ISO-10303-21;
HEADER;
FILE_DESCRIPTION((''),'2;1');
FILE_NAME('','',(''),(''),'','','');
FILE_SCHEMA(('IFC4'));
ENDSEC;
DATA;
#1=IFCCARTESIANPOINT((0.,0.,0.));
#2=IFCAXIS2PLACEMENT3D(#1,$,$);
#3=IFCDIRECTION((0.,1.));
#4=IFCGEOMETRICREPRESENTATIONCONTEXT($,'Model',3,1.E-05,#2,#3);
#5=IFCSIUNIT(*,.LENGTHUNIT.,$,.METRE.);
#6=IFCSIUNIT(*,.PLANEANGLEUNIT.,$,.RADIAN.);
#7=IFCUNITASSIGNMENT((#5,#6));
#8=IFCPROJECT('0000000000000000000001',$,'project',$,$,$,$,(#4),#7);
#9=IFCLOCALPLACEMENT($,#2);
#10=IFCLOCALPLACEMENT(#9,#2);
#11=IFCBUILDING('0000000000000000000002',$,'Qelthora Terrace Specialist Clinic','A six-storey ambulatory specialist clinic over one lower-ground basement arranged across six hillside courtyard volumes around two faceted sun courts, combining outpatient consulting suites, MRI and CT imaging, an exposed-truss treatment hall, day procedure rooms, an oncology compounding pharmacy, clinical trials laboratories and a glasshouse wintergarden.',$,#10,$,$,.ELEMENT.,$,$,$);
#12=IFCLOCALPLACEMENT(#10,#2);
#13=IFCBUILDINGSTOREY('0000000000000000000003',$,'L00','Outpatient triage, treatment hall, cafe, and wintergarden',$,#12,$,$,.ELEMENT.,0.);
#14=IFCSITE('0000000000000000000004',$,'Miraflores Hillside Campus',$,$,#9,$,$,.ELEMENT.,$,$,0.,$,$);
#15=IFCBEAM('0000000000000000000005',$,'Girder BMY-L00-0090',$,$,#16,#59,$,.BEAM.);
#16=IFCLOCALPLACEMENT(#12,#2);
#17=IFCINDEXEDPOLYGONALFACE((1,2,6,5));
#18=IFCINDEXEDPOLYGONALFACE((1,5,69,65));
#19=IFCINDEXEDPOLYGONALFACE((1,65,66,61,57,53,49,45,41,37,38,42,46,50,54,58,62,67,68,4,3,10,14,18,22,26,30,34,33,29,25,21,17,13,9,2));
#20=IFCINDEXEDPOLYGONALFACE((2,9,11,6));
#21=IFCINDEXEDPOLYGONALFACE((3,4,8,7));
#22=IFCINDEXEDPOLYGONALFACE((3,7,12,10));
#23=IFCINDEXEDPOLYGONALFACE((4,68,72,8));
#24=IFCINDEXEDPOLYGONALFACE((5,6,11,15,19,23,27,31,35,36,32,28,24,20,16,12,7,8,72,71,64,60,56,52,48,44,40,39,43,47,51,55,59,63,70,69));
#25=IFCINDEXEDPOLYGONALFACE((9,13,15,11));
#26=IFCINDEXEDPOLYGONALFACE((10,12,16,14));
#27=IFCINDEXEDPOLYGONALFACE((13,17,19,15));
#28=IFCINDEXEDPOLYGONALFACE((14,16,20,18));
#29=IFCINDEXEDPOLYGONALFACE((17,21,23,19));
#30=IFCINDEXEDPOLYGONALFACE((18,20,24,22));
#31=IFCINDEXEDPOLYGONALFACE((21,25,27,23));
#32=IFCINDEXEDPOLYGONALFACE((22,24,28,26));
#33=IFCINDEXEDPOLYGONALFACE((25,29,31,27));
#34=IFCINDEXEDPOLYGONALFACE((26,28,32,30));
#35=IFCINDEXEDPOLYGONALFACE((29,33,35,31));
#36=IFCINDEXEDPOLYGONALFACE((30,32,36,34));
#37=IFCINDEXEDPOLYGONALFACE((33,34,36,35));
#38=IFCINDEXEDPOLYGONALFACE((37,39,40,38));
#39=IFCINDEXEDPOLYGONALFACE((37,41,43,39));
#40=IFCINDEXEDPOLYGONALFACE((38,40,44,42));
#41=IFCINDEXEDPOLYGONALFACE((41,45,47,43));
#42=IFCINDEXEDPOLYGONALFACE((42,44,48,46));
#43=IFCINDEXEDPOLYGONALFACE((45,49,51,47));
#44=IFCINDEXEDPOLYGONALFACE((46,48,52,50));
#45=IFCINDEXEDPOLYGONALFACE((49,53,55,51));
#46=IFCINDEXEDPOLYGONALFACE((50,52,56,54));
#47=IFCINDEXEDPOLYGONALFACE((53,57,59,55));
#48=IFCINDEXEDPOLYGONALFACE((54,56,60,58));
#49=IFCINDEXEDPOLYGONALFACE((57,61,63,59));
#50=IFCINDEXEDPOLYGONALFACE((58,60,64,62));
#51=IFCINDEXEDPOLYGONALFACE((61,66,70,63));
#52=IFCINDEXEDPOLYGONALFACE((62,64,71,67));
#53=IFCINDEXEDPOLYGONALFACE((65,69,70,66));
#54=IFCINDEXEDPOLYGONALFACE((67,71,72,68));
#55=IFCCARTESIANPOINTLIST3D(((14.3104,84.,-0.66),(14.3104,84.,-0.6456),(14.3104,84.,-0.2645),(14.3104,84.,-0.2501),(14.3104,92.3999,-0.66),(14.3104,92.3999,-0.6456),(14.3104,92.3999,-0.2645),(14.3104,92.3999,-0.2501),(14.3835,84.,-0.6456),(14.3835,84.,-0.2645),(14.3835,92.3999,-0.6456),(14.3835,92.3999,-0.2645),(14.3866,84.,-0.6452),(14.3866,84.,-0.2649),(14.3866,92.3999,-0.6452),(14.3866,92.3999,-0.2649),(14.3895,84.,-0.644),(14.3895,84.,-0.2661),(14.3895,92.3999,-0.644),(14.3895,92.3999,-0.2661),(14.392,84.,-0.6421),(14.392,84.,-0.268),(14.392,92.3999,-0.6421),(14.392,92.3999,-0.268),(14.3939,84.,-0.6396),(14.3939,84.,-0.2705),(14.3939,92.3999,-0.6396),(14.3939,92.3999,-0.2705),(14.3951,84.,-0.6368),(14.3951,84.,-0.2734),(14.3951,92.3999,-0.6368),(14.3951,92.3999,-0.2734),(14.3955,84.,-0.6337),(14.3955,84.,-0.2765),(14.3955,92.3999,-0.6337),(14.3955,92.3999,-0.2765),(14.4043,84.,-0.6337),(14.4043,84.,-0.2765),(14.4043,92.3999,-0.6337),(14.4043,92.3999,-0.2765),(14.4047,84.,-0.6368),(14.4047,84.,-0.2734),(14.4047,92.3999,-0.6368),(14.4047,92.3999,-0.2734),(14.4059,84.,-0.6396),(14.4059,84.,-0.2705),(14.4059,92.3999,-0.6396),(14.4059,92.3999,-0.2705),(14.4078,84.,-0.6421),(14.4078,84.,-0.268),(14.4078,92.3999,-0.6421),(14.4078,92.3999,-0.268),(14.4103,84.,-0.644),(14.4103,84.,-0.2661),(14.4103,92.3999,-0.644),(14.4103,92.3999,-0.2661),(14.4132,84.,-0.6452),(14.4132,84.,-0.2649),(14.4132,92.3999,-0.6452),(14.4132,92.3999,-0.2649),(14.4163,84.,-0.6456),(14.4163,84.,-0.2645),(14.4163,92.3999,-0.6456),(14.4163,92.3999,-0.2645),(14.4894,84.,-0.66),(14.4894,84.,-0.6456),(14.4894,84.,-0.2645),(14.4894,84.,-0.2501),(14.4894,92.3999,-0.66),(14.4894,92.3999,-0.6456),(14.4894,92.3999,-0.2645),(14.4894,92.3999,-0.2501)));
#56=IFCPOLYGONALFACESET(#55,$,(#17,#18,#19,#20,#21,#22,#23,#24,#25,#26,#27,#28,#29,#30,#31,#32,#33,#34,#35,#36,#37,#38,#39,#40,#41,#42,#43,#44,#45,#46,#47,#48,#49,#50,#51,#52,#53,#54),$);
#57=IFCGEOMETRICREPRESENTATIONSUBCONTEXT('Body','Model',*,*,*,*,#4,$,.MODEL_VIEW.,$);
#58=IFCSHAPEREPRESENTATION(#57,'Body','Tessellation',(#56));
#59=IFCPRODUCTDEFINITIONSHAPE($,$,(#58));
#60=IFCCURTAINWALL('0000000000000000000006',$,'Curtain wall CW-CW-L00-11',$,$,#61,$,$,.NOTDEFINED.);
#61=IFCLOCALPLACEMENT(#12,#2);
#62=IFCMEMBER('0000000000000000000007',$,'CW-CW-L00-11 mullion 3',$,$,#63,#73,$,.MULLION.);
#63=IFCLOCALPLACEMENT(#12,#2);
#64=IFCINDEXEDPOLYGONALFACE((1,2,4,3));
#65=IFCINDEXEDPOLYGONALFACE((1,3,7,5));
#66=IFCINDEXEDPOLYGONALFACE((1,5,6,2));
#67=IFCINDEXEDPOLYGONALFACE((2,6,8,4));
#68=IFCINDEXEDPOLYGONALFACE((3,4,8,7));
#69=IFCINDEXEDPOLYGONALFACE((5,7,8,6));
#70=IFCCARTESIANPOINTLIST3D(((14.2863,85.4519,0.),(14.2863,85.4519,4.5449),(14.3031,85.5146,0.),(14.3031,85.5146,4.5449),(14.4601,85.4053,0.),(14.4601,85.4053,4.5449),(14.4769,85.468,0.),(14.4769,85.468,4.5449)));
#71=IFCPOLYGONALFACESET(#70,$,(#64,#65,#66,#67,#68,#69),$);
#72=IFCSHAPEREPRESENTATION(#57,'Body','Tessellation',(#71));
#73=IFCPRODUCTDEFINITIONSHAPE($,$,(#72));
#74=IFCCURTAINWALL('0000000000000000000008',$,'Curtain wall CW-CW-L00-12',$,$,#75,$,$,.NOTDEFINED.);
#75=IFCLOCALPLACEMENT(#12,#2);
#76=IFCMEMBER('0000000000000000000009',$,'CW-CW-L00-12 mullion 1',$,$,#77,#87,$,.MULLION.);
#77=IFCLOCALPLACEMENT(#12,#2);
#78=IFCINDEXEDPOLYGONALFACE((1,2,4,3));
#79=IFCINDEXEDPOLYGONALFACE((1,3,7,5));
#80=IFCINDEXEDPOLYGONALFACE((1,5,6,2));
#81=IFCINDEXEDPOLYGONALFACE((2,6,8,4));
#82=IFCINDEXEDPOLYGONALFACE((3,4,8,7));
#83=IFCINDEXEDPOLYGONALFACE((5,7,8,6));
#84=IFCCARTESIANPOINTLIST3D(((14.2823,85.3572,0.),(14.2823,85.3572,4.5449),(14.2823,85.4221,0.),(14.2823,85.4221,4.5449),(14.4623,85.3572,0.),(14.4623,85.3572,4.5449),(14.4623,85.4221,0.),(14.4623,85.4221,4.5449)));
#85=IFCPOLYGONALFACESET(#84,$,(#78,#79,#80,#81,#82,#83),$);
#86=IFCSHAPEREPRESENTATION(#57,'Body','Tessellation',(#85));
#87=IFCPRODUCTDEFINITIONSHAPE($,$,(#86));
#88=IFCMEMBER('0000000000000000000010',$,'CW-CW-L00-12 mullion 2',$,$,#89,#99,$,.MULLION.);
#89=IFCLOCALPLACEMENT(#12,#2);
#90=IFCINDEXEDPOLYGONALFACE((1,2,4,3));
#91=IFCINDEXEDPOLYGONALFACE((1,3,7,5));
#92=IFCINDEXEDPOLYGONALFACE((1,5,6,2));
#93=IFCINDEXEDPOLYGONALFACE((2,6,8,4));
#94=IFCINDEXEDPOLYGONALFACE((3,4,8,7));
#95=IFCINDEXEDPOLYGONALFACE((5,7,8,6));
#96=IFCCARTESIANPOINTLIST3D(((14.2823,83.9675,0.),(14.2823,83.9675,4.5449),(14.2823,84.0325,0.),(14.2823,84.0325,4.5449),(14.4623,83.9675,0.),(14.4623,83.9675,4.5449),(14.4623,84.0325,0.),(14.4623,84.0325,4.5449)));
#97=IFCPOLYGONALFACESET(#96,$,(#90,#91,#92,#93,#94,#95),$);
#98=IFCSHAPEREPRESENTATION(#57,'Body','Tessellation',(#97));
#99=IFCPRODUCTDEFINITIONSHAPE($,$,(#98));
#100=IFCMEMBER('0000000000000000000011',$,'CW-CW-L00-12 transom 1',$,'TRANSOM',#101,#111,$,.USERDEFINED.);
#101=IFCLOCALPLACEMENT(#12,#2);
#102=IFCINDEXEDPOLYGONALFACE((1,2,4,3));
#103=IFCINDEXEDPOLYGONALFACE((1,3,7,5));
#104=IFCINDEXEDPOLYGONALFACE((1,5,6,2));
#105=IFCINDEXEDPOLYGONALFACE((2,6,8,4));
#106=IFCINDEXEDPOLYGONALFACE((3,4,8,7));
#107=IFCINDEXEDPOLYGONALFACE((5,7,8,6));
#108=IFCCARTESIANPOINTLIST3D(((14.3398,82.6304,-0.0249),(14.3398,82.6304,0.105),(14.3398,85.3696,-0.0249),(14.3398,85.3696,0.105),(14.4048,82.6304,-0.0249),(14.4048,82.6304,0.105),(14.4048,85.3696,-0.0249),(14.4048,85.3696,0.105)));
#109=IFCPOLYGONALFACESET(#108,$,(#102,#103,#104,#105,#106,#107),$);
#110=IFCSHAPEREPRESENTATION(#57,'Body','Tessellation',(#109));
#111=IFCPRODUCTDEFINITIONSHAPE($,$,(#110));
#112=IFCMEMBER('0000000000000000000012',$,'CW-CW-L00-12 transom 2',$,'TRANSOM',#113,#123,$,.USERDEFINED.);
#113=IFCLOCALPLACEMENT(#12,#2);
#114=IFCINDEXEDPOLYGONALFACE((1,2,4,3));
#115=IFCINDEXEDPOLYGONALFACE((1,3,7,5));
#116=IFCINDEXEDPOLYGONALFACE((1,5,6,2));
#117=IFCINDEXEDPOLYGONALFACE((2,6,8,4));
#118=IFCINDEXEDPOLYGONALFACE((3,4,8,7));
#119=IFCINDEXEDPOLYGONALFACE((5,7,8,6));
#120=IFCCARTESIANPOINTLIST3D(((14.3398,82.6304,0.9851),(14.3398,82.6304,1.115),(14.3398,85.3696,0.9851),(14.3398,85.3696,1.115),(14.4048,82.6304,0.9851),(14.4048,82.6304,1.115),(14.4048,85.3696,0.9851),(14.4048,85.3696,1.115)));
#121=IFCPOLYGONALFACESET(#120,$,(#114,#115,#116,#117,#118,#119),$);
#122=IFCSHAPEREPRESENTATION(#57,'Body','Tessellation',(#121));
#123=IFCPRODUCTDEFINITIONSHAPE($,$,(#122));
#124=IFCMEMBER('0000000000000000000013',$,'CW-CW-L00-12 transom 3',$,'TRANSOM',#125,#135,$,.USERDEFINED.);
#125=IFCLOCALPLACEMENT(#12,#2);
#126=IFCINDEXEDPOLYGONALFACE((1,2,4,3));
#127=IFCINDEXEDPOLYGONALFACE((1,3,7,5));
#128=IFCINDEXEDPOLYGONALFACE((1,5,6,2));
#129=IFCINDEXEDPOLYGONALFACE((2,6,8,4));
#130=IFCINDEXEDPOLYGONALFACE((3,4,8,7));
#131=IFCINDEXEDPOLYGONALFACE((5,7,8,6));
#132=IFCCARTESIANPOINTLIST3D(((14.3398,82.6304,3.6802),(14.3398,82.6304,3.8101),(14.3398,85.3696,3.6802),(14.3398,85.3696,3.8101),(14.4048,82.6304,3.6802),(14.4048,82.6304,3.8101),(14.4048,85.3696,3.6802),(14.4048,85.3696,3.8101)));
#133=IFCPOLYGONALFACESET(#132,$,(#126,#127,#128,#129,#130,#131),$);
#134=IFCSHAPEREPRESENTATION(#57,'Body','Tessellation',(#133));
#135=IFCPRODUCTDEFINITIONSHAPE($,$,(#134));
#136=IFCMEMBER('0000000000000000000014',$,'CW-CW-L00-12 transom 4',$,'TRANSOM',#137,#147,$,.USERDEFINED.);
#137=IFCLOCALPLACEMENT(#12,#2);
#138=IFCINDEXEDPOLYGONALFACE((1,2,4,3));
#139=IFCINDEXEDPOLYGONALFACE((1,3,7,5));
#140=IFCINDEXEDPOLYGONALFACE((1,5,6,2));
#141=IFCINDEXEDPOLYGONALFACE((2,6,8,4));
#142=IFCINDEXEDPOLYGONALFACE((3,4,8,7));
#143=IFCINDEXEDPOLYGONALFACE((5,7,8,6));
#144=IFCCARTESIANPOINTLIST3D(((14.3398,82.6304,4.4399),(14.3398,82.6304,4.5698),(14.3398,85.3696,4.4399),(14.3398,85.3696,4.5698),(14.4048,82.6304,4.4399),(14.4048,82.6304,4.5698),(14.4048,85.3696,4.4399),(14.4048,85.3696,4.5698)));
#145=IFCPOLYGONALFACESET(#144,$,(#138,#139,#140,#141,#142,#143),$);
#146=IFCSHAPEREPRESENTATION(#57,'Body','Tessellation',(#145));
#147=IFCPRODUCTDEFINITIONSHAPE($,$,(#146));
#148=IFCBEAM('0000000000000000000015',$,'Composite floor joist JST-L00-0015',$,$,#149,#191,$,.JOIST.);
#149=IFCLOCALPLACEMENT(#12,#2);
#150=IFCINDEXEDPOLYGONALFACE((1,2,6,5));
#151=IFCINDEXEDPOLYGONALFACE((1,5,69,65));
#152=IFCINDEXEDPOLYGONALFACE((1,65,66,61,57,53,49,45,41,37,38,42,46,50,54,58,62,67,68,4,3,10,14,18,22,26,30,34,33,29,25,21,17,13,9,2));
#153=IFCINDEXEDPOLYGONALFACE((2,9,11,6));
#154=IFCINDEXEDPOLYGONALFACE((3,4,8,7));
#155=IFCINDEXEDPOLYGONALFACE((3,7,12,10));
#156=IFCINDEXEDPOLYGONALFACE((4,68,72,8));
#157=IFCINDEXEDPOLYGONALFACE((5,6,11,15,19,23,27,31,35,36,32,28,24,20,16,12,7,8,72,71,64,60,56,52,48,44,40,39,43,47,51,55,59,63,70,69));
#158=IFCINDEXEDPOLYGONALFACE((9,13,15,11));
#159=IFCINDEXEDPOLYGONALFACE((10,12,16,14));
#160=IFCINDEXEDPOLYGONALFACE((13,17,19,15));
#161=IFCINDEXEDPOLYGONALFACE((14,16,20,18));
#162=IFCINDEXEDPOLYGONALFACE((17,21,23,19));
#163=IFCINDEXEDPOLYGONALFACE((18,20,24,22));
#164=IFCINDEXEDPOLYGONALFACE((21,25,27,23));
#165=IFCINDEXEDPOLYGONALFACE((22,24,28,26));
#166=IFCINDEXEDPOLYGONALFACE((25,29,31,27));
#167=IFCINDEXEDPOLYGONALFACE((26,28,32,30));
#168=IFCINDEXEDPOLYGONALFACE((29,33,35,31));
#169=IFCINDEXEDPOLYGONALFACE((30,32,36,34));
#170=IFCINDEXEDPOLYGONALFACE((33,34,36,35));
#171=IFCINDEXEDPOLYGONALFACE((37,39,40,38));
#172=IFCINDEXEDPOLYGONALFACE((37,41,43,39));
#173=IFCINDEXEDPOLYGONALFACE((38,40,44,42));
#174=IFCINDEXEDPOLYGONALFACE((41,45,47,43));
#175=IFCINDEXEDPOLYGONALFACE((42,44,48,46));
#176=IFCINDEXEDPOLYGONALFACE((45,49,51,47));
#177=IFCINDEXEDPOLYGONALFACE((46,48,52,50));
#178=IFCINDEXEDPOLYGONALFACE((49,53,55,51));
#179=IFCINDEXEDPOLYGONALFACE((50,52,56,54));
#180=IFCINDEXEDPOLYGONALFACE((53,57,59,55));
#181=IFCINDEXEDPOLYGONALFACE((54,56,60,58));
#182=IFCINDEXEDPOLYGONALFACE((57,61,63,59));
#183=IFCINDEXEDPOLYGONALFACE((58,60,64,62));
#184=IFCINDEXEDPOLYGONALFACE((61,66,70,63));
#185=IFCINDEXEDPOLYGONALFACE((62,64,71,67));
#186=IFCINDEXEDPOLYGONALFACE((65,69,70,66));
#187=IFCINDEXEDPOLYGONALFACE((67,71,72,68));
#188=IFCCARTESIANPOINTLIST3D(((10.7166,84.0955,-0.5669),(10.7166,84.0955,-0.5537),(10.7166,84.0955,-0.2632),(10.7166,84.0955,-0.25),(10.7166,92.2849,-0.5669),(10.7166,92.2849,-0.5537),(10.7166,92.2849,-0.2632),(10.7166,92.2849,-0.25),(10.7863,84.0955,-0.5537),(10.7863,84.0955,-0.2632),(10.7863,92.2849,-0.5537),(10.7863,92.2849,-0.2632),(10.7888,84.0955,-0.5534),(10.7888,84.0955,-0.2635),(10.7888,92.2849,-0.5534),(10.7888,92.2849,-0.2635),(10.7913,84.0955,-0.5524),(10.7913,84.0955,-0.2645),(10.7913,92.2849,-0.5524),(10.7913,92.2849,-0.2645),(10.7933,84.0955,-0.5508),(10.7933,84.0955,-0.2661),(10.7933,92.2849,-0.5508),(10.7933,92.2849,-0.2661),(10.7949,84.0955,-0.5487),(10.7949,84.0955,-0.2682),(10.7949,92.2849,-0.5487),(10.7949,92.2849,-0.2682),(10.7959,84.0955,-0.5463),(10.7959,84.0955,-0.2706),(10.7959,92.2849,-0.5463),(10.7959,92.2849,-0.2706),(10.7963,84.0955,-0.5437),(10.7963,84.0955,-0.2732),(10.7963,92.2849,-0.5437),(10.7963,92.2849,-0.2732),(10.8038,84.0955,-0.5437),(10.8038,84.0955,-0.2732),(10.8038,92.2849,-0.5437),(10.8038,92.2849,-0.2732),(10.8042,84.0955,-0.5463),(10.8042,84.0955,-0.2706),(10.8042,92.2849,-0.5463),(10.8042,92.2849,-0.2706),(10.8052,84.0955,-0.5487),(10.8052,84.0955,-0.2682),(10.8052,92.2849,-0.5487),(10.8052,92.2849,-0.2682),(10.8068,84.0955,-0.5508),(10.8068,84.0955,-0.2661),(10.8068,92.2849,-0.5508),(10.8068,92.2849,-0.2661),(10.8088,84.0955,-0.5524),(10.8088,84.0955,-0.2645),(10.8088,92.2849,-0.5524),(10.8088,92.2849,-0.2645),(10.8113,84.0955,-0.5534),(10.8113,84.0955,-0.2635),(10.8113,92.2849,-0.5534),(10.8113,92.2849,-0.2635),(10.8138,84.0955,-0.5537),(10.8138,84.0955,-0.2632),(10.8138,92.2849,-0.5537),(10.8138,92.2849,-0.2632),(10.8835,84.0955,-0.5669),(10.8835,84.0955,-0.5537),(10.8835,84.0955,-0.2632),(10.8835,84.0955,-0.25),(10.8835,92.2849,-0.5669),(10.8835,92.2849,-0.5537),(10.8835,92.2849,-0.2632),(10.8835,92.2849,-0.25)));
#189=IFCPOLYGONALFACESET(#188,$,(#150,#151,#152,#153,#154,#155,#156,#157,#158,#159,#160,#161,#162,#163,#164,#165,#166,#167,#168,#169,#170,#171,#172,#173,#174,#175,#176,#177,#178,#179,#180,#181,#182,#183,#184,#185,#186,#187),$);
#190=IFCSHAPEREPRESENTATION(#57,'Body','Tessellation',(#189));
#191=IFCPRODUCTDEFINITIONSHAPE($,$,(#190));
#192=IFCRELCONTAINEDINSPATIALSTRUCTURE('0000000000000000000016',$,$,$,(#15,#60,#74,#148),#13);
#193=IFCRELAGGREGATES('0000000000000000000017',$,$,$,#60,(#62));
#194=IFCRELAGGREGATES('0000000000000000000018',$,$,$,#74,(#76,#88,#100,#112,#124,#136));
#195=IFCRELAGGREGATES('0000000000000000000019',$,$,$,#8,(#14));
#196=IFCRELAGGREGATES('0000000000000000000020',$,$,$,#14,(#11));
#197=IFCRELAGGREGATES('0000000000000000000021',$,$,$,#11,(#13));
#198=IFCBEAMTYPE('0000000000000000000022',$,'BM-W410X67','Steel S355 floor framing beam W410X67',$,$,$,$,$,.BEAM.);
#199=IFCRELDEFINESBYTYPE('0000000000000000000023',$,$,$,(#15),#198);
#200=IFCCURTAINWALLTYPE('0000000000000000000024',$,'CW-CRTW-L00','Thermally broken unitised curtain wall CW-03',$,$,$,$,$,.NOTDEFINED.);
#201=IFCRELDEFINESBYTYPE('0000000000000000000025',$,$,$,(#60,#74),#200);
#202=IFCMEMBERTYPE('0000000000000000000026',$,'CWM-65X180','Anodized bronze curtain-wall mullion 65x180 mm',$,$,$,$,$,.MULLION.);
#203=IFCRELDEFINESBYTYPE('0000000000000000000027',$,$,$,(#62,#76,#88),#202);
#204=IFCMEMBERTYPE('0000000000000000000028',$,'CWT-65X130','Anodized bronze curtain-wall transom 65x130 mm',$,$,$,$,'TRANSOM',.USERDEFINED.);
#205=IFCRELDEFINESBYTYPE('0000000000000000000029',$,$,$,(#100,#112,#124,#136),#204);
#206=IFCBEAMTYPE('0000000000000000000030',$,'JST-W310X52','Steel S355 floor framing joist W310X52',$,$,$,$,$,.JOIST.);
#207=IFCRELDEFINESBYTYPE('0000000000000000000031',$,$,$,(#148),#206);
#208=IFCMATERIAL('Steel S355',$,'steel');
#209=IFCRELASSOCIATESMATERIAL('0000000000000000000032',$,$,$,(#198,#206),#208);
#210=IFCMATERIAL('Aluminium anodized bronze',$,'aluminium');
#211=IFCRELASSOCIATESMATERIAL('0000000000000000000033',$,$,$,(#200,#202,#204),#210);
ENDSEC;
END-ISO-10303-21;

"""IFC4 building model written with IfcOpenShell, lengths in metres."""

from ifc_helpers import new_model, si_unit, direction, frame, origin, origin_2d, place, context, subcontext, project, spatial, rectangle, i_section, extrude, material, material_profile, profile_set, type_object, element, aggregate, save


model = new_model("IFC4")

# Units and contexts
model_context = context("Model", 3, precision=1e-05, world=origin(), true_north=direction((0.0, 1.0)))
body_context = subcontext(model_context, "Body", "Model", "MODEL_VIEW")
ifc_project = project(units=[si_unit("LENGTHUNIT", "METRE"), si_unit("PLANEANGLEUNIT", "RADIAN")], contexts=[model_context])

# Site, building, storey
site_placement = place(None, origin())
site = spatial("IfcSite", under=ifc_project, at=site_placement, Name="Miraflores Hillside Campus", CompositionType="ELEMENT", RefElevation=0.0)
building_placement = place(site_placement, origin())
building = spatial("IfcBuilding", under=site, at=building_placement, Name="Qelthora Terrace Specialist Clinic", Description="A six-storey ambulatory specialist clinic over one lower-ground basement arranged across six hillside courtyard volumes around two faceted sun courts, combining outpatient consulting suites, MRI and CT imaging, an exposed-truss treatment hall, day procedure rooms, an oncology compounding pharmacy, clinical trials laboratories and a glasshouse wintergarden.", CompositionType="ELEMENT")
storey_placement = place(building_placement, origin())
storey = spatial("IfcBuildingStorey", under=building, at=storey_placement, Name="L00", Description="Outpatient triage, treatment hall, cafe, and wintergarden", CompositionType="ELEMENT", Elevation=0.0)

# Shared definitions
ifc_material_1 = material(Name="Steel S355", Category="steel")

# Beam
ifc_material_profile_1 = material_profile(ifc_material_1, i_section(OverallWidth=0.179, OverallDepth=0.4099, WebThickness=0.0088, FlangeThickness=0.0144, FilletRadius=0.012, at=origin_2d()), Name="W410X67")
ifc_profile_set_1 = profile_set([ifc_material_profile_1], Name="Steel S355")
beam_type_1 = type_object("IfcBeamType", Name="BM-W410X67", Description="Steel S355 floor framing beam W410X67", PredefinedType="BEAM", material=ifc_profile_set_1)
beam_1_placement = place(storey_placement, frame((14.3999, 84.0, -0.4551), z_axis=(0.0, 1.0, 0.0), x_axis=(-1.0, 0.0, 0.0)))
element("IfcBeam", 1, at=beam_1_placement, inside=storey, type_object=beam_type_1, Name="Girder BMY-L00-0090", PredefinedType="BEAM", context=body_context, shape_type="SweptSolid", body=[
    extrude(i_section(OverallWidth=0.179, OverallDepth=0.4099, WebThickness=0.0088, FlangeThickness=0.0144, FilletRadius=0.012, at=origin_2d()), origin(), (0.0, 0.0, 1.0), 8.3999),
])

# Curtain wall, member
ifc_material_2 = material(Name="Aluminium anodized bronze", Category="aluminium")
curtain_wall_type = type_object("IfcCurtainWallType", Name="CW-CRTW-L00", Description="Thermally broken unitised curtain wall CW-03", PredefinedType="NOTDEFINED", material=ifc_material_2)
curtain_wall_1_placement = place(storey_placement, origin())
curtain_wall_1 = element("IfcCurtainWall", 2, at=curtain_wall_1_placement, inside=storey, type_object=curtain_wall_type, Name="Curtain wall CW-CW-L00-11", PredefinedType="NOTDEFINED")
ifc_material_profile_2 = material_profile(ifc_material_2, rectangle(XDim=0.0649, YDim=0.1799, at=origin_2d()), Name="CWM65X180")
ifc_profile_set_2 = profile_set([ifc_material_profile_2], Name="Aluminium anodized bronze")
member_type_1 = type_object("IfcMemberType", Name="CWM-65X180", Description="Anodized bronze curtain-wall mullion 65x180 mm", PredefinedType="MULLION", material=ifc_profile_set_2)
member_1_placement = place(storey_placement, frame((14.3816, 85.46, 0.0), z_axis=(0.0, 0.0, 1.0), x_axis=(-0.25882, -0.965925, 0.0)))
member_1 = element("IfcMember", 3, at=member_1_placement, type_object=member_type_1, Name="CW-CW-L00-11 mullion 3", PredefinedType="MULLION", context=body_context, shape_type="SweptSolid", body=[
    extrude(rectangle(XDim=0.0649, YDim=0.1799, at=origin_2d()), origin(), (0.0, 0.0, 1.0), 4.5449),
])

# Curtain wall, members
curtain_wall_2_placement = place(storey_placement, origin())
curtain_wall_2 = element("IfcCurtainWall", 4, at=curtain_wall_2_placement, inside=storey, type_object=curtain_wall_type, Name="Curtain wall CW-CW-L00-12", PredefinedType="NOTDEFINED")
member_2_placement = place(storey_placement, frame((14.3723, 85.3896, 0.0), z_axis=(0.0, 0.0, 1.0), x_axis=(0.0, -1.0, 0.0)))
member_2 = element("IfcMember", 5, at=member_2_placement, type_object=member_type_1, Name="CW-CW-L00-12 mullion 1", PredefinedType="MULLION", context=body_context, shape_type="SweptSolid", body=[
    extrude(rectangle(XDim=0.0649, YDim=0.1799, at=origin_2d()), origin(), (0.0, 0.0, 1.0), 4.5449),
])
member_3_placement = place(storey_placement, frame((14.3723, 84.0, 0.0), z_axis=(0.0, 0.0, 1.0), x_axis=(0.0, -1.0, 0.0)))
member_3 = element("IfcMember", 6, at=member_3_placement, type_object=member_type_1, Name="CW-CW-L00-12 mullion 2", PredefinedType="MULLION", context=body_context, shape_type="SweptSolid", body=[
    extrude(rectangle(XDim=0.0649, YDim=0.1799, at=origin_2d()), origin(), (0.0, 0.0, 1.0), 4.5449),
])
ifc_material_profile_3 = material_profile(ifc_material_2, rectangle(XDim=0.0649, YDim=0.1299, at=origin_2d()), Name="CWT65X130")
ifc_profile_set_3 = profile_set([ifc_material_profile_3], Name="Aluminium anodized bronze")
member_type_2 = type_object("IfcMemberType", Name="CWT-65X130", Description="Anodized bronze curtain-wall transom 65x130 mm", ElementType="TRANSOM", PredefinedType="USERDEFINED", material=ifc_profile_set_3)
member_4_placement = place(storey_placement, frame((14.3723, 85.3696, 0.04), z_axis=(0.0, -1.0, 0.0), x_axis=(1.0, 0.0, 0.0)))
member_4 = element("IfcMember", 7, at=member_4_placement, type_object=member_type_2, Name="CW-CW-L00-12 transom 1", ObjectType="TRANSOM", PredefinedType="USERDEFINED", context=body_context, shape_type="SweptSolid", body=[
    extrude(rectangle(XDim=0.0649, YDim=0.1299, at=origin_2d()), origin(), (0.0, 0.0, 1.0), 2.7393),
])
member_5_placement = place(storey_placement, frame((14.3723, 85.3696, 1.05), z_axis=(0.0, -1.0, 0.0), x_axis=(1.0, 0.0, 0.0)))
member_5 = element("IfcMember", 8, at=member_5_placement, type_object=member_type_2, Name="CW-CW-L00-12 transom 2", ObjectType="TRANSOM", PredefinedType="USERDEFINED", context=body_context, shape_type="SweptSolid", body=[
    extrude(rectangle(XDim=0.0649, YDim=0.1299, at=origin_2d()), origin(), (0.0, 0.0, 1.0), 2.7393),
])
member_6_placement = place(storey_placement, frame((14.3723, 85.3696, 3.7451), z_axis=(0.0, -1.0, 0.0), x_axis=(1.0, 0.0, 0.0)))
member_6 = element("IfcMember", 9, at=member_6_placement, type_object=member_type_2, Name="CW-CW-L00-12 transom 3", ObjectType="TRANSOM", PredefinedType="USERDEFINED", context=body_context, shape_type="SweptSolid", body=[
    extrude(rectangle(XDim=0.0649, YDim=0.1299, at=origin_2d()), origin(), (0.0, 0.0, 1.0), 2.7393),
])
member_7_placement = place(storey_placement, frame((14.3723, 85.3696, 4.5049), z_axis=(0.0, -1.0, 0.0), x_axis=(1.0, 0.0, 0.0)))
member_7 = element("IfcMember", 10, at=member_7_placement, type_object=member_type_2, Name="CW-CW-L00-12 transom 4", ObjectType="TRANSOM", PredefinedType="USERDEFINED", context=body_context, shape_type="SweptSolid", body=[
    extrude(rectangle(XDim=0.0649, YDim=0.1299, at=origin_2d()), origin(), (0.0, 0.0, 1.0), 2.7393),
])

# Beam
ifc_material_profile_4 = material_profile(ifc_material_1, i_section(OverallWidth=0.167, OverallDepth=0.3169, WebThickness=0.0076, FlangeThickness=0.0132, FilletRadius=0.01, at=origin_2d()), Name="W310X52")
ifc_profile_set_4 = profile_set([ifc_material_profile_4], Name="Steel S355")
beam_type_2 = type_object("IfcBeamType", Name="JST-W310X52", Description="Steel S355 floor framing joist W310X52", PredefinedType="JOIST", material=ifc_profile_set_4)
beam_2_placement = place(storey_placement, frame((10.8, 84.0955, -0.4084), z_axis=(0.0, 1.0, 0.0), x_axis=(-1.0, 0.0, 0.0)))
element("IfcBeam", 11, at=beam_2_placement, inside=storey, type_object=beam_type_2, Name="Composite floor joist JST-L00-0015", PredefinedType="JOIST", context=body_context, shape_type="SweptSolid", body=[
    extrude(i_section(OverallWidth=0.167, OverallDepth=0.3169, WebThickness=0.0076, FlangeThickness=0.0132, FilletRadius=0.01, at=origin_2d()), origin(), (0.0, 0.0, 1.0), 8.1895),
])

aggregate(curtain_wall_1, [member_1])
aggregate(curtain_wall_2, [member_2, member_3, member_4, member_5, member_6, member_7])

save(model, "model.ifc")
